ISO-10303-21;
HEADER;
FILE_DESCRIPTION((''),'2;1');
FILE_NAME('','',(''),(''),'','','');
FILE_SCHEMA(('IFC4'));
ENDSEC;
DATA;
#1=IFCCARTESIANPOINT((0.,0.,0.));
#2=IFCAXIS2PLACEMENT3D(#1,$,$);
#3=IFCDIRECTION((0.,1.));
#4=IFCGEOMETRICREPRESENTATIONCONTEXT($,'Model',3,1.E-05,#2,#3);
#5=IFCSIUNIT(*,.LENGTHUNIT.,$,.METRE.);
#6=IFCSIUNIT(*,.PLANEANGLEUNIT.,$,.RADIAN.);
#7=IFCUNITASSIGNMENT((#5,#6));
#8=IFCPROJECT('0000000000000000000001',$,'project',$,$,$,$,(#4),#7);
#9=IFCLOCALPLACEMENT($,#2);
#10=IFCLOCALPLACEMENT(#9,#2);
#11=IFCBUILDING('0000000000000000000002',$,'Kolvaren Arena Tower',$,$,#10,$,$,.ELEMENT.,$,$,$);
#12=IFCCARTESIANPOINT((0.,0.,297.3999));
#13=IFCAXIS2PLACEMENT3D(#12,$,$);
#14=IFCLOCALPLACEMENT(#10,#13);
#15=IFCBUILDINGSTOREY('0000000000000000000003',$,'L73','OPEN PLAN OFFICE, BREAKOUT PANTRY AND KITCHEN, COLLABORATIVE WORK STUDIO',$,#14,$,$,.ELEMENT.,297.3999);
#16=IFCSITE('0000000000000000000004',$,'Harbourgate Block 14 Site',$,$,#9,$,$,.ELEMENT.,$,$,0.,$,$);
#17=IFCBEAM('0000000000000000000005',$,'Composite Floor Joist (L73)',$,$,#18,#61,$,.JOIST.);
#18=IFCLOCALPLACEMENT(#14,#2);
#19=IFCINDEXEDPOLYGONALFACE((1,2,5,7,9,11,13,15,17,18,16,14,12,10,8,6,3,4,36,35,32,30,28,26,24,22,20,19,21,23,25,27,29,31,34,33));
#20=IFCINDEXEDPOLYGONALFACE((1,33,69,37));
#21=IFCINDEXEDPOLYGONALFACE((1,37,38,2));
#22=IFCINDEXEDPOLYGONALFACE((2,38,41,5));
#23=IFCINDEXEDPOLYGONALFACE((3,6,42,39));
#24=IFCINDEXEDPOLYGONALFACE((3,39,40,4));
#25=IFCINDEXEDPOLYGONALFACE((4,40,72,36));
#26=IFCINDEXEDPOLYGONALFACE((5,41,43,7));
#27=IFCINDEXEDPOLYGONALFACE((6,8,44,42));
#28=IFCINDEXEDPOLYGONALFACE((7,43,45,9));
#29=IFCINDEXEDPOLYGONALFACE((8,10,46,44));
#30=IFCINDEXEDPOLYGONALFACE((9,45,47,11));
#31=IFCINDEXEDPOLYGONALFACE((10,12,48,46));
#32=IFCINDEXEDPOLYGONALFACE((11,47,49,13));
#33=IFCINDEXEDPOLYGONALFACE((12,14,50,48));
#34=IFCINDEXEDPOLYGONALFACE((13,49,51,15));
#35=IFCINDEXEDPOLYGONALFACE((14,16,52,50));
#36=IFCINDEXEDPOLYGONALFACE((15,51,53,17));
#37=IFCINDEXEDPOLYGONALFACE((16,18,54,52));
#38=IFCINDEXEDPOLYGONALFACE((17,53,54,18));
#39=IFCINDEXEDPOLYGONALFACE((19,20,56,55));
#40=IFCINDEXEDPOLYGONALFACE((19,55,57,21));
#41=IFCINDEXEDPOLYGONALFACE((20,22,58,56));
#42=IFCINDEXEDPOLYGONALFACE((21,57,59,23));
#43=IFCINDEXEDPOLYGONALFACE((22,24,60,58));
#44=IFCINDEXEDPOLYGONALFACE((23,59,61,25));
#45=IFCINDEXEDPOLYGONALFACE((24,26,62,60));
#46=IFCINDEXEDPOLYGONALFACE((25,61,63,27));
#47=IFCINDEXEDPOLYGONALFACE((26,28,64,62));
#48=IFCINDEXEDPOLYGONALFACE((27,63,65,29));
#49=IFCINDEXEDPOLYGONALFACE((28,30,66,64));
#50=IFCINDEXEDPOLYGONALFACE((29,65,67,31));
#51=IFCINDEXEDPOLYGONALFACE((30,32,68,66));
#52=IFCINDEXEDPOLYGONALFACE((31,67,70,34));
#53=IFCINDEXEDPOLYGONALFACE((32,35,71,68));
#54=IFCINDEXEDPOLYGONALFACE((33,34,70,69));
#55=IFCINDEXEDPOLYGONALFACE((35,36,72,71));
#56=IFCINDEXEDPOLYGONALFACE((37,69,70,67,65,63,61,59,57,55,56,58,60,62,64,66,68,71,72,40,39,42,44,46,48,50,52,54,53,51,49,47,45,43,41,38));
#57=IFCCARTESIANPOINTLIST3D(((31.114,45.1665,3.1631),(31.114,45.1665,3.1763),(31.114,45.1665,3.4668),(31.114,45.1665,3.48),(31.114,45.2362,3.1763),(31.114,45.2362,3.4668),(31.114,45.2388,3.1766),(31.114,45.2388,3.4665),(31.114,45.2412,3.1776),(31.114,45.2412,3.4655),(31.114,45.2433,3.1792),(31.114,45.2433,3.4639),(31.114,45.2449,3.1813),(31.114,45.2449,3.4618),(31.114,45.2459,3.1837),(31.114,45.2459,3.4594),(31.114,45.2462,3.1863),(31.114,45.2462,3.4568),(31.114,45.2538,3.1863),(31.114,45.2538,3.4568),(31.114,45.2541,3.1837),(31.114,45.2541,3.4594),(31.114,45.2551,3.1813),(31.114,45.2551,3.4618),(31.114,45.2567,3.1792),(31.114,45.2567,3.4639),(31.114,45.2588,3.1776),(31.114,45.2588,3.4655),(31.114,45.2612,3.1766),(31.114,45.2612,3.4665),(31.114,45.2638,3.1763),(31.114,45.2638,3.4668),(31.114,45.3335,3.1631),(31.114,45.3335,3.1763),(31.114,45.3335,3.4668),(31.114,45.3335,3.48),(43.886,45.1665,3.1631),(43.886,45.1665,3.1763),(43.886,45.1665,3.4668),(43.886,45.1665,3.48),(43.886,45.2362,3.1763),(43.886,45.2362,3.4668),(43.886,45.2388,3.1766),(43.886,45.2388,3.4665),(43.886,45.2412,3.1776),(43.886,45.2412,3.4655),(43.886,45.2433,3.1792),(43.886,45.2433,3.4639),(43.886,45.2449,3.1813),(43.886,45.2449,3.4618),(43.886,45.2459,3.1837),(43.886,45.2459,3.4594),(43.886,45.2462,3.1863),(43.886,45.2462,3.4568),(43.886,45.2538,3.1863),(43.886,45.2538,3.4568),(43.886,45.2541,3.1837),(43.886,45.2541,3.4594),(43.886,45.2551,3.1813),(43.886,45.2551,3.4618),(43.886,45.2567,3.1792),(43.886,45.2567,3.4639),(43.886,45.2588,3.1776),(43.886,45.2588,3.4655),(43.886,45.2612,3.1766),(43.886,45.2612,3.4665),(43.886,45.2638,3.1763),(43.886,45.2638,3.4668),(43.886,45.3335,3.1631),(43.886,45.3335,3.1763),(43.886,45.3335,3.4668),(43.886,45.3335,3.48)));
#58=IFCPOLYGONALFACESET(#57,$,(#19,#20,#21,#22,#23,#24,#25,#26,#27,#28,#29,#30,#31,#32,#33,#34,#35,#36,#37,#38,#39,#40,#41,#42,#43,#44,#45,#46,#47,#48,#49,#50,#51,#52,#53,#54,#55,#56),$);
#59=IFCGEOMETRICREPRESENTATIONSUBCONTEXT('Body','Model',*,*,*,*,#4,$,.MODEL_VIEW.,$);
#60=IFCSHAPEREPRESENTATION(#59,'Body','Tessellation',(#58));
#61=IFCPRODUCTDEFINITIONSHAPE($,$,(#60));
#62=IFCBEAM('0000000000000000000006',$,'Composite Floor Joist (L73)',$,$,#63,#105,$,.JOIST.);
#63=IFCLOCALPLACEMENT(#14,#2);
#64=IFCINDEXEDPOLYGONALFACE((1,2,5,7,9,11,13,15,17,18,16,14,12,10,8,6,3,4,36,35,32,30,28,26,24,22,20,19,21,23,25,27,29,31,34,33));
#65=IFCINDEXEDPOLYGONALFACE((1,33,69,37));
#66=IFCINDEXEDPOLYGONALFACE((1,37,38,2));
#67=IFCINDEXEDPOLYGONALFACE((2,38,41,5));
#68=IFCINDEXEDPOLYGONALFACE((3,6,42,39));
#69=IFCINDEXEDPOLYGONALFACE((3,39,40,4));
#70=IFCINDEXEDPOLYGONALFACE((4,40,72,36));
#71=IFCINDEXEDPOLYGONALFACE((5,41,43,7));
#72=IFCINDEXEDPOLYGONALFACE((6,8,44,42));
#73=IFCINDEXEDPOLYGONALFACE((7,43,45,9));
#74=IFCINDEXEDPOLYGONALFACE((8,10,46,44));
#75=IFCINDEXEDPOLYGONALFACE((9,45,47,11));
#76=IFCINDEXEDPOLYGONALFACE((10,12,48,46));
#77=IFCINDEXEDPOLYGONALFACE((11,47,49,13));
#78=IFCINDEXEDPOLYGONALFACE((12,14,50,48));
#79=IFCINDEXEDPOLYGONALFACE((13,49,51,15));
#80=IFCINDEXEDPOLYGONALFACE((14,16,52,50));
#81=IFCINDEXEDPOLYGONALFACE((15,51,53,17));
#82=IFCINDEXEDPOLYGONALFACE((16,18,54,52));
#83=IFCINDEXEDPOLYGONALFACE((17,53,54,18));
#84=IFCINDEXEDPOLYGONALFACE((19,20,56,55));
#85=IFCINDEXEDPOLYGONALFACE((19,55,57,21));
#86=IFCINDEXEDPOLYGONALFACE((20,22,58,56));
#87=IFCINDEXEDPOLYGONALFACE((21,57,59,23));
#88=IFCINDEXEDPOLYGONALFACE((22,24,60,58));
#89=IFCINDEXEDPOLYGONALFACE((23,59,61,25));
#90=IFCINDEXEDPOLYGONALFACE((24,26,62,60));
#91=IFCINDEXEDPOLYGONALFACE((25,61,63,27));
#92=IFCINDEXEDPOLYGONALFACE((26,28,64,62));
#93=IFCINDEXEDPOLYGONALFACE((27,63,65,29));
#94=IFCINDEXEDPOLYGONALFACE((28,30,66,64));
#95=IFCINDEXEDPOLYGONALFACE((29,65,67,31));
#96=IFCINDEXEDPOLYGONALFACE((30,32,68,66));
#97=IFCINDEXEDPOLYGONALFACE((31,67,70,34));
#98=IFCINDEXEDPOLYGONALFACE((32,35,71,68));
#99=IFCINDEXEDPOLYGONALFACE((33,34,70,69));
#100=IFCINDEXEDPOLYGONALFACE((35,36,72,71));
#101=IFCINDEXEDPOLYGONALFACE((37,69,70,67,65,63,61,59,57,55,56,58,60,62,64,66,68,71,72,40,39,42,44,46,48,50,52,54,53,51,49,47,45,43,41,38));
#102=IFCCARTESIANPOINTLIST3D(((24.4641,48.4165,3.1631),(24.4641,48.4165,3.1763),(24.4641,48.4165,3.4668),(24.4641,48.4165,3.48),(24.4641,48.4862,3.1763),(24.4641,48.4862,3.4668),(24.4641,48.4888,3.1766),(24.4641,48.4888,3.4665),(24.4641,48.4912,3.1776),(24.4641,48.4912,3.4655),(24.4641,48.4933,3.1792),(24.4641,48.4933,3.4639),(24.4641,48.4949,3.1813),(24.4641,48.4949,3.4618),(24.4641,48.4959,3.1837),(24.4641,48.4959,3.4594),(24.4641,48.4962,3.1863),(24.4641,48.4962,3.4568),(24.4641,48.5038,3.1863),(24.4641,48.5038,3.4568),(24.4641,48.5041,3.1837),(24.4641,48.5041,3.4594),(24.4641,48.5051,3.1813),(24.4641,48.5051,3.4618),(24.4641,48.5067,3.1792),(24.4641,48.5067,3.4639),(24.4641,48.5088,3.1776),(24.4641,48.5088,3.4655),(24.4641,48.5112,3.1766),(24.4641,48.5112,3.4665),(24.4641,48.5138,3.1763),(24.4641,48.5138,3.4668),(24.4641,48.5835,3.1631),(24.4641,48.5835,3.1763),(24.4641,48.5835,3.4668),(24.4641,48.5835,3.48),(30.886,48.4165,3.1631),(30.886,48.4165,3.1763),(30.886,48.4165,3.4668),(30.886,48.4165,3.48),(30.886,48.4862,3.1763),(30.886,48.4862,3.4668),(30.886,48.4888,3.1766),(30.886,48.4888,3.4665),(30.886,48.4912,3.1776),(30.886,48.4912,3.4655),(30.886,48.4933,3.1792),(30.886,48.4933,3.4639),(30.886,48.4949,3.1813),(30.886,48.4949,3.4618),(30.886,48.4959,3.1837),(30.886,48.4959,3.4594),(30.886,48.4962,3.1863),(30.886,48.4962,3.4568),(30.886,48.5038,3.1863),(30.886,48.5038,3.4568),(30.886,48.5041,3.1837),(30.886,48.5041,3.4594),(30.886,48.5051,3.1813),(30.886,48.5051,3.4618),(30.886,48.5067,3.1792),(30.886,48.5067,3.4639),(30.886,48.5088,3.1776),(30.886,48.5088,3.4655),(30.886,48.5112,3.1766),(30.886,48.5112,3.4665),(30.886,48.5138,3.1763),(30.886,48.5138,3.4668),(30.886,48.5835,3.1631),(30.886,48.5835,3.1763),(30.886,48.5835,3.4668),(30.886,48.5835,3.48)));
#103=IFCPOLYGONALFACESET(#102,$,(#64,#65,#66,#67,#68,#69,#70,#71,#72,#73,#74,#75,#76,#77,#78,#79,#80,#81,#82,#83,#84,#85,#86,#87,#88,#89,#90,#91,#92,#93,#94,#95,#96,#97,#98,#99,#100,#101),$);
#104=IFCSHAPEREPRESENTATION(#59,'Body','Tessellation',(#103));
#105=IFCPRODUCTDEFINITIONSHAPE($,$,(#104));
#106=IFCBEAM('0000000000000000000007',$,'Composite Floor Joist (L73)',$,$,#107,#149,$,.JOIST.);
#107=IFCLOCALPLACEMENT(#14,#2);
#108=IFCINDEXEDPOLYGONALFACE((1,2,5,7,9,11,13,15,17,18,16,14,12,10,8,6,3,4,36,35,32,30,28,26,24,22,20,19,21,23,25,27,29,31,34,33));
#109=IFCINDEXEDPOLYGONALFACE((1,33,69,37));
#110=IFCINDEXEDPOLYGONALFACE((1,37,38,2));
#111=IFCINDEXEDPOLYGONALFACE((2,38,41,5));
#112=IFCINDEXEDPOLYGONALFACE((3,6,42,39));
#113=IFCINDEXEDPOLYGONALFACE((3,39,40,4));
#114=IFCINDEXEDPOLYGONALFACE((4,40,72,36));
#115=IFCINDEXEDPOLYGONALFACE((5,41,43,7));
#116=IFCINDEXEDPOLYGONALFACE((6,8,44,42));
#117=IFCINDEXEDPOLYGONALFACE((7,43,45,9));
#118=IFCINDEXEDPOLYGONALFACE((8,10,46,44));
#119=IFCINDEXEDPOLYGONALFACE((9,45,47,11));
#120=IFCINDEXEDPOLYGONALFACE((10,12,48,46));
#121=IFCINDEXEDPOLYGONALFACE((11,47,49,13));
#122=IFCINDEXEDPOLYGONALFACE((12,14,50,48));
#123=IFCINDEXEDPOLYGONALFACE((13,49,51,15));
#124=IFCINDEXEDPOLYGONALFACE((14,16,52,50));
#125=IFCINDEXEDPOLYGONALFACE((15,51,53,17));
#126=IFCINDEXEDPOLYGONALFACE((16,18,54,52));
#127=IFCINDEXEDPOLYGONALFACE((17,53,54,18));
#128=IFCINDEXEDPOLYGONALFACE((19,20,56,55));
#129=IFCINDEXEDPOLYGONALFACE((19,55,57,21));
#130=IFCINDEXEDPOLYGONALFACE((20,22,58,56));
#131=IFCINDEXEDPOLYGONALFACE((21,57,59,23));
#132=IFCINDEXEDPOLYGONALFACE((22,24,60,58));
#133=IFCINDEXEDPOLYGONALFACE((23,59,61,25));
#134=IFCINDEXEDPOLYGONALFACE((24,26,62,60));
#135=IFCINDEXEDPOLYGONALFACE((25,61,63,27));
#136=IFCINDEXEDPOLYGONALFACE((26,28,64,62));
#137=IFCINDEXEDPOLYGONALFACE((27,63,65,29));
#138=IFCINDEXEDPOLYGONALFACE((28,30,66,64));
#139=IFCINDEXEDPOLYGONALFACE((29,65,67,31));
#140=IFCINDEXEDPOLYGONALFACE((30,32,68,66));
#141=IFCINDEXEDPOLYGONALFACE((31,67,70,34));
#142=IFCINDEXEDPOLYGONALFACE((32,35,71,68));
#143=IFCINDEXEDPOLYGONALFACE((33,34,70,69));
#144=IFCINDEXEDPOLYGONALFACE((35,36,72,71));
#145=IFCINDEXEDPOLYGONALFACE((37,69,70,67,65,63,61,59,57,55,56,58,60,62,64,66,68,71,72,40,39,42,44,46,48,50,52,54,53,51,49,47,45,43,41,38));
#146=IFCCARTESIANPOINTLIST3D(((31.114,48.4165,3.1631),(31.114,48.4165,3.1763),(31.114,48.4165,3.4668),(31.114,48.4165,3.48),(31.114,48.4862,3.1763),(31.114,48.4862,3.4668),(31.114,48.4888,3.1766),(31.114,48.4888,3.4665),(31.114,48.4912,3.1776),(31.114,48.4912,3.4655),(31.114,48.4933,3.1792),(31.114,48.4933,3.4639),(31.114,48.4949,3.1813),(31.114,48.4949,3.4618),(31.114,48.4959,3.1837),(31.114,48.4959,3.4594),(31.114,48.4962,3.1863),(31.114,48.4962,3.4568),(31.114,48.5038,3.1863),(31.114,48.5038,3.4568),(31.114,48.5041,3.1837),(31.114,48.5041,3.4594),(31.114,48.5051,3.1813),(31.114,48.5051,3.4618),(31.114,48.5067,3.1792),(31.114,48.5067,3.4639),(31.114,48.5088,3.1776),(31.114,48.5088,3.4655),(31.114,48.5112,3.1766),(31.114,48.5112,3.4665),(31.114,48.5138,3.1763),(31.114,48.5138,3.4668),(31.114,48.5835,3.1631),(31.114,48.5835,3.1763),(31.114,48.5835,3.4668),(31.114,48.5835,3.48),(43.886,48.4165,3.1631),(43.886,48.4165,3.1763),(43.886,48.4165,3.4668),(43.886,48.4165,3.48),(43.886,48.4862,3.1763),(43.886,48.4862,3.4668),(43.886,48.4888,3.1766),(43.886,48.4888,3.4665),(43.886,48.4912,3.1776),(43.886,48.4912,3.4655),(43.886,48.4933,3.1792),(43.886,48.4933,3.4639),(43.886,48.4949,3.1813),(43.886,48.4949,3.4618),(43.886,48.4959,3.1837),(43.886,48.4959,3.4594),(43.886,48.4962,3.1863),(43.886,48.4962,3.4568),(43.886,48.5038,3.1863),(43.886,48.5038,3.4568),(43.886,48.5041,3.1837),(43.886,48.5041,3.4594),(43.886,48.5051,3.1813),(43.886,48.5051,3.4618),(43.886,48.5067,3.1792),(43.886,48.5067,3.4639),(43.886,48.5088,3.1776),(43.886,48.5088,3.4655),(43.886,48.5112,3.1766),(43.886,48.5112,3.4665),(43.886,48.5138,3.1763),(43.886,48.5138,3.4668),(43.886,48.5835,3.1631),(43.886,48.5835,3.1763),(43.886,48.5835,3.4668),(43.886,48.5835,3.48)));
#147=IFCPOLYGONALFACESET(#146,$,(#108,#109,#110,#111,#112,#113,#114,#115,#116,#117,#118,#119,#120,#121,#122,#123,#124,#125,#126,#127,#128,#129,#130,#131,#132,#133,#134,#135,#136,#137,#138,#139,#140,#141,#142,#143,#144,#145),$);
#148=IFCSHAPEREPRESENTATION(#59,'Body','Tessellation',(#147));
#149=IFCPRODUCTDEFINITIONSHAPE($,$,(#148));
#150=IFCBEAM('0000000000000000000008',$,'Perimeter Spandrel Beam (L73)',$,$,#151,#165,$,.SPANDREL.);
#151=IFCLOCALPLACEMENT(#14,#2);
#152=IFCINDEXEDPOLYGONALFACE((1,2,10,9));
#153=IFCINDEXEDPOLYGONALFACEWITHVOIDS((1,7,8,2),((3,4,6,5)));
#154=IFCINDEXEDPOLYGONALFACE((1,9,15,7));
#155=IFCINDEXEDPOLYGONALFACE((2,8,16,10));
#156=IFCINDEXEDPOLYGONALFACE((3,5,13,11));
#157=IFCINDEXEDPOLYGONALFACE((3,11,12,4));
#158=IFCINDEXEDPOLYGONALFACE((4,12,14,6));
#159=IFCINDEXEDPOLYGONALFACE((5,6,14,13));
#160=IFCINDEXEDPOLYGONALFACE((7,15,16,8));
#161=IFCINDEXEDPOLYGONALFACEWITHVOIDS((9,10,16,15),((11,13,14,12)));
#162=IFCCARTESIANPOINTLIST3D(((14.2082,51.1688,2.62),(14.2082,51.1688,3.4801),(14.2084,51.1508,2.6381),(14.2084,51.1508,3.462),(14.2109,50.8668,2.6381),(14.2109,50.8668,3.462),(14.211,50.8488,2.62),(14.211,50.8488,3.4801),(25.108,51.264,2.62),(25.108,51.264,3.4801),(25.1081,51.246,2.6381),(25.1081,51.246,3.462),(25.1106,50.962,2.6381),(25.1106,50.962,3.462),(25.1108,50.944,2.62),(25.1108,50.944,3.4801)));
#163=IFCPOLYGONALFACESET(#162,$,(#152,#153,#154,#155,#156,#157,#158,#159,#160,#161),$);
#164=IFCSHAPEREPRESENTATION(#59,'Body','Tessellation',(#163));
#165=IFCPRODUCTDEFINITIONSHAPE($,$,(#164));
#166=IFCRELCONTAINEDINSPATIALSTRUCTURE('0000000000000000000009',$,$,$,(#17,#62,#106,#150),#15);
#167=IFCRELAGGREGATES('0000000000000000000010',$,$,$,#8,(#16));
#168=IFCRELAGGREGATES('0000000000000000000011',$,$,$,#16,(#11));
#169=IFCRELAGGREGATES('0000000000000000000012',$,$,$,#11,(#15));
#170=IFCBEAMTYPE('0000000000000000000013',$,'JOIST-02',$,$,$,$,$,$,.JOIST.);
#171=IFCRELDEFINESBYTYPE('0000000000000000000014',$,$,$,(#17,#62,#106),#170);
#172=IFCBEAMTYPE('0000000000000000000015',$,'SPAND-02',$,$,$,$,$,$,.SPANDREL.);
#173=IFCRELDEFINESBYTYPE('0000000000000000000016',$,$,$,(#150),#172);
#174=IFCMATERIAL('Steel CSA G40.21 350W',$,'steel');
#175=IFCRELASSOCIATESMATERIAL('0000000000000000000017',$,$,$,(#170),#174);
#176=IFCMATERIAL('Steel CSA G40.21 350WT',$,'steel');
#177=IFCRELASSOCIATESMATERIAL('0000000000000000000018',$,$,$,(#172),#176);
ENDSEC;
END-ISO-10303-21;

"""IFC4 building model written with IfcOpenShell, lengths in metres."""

from ifc_helpers import new_model, si_unit, direction, frame, origin, origin_2d, place, context, subcontext, project, spatial, hollow_rectangle, i_section, extrude, material, material_profile, profile_set, type_object, element, save


model = new_model("IFC4")

# Units and contexts
model_context = context("Model", 3, precision=1e-05, world=origin(), true_north=direction((0.0, 1.0)))
body_context = subcontext(model_context, "Body", "Model", "MODEL_VIEW")
ifc_project = project(units=[si_unit("LENGTHUNIT", "METRE"), si_unit("PLANEANGLEUNIT", "RADIAN")], contexts=[model_context])

# Site, building, storey
site_placement = place(None, origin())
site = spatial("IfcSite", under=ifc_project, at=site_placement, Name="Harbourgate Block 14 Site", CompositionType="ELEMENT", RefElevation=0.0)
building_placement = place(site_placement, origin())
building = spatial("IfcBuilding", under=site, at=building_placement, Name="Kolvaren Arena Tower", CompositionType="ELEMENT")
storey_placement = place(building_placement, frame((0.0, 0.0, 297.3999)))
storey = spatial("IfcBuildingStorey", under=building, at=storey_placement, Name="L73", Description="OPEN PLAN OFFICE, BREAKOUT PANTRY AND KITCHEN, COLLABORATIVE WORK STUDIO", CompositionType="ELEMENT", Elevation=297.3999)

# Beams
ifc_material_1 = material(Name="Steel CSA G40.21 350W", Category="steel")
ifc_material_profile_1 = material_profile(ifc_material_1, i_section(OverallWidth=0.167, OverallDepth=0.3169, WebThickness=0.0076, FlangeThickness=0.0132, FilletRadius=0.01, at=origin_2d()), Name="W310x52")
ifc_profile_set_1 = profile_set([ifc_material_profile_1], Name="Steel CSA G40.21 350W")
beam_type_1 = type_object("IfcBeamType", Name="JOIST-02", PredefinedType="JOIST", material=ifc_profile_set_1)
beam_1_placement = place(storey_placement, frame((31.114, 45.25, 3.3215), z_axis=(1.0, 0.0, 0.0), x_axis=(0.0, 1.0, 0.0)))
element("IfcBeam", 1, at=beam_1_placement, inside=storey, type_object=beam_type_1, Name="Composite Floor Joist (L73)", PredefinedType="JOIST", context=body_context, shape_type="SweptSolid", body=[
    extrude(i_section(OverallWidth=0.167, OverallDepth=0.3169, WebThickness=0.0076, FlangeThickness=0.0132, FilletRadius=0.01, at=origin_2d()), origin(), (0.0, 0.0, 1.0), 12.772),
])
beam_2_placement = place(storey_placement, frame((24.4641, 48.5, 3.3215), z_axis=(1.0, 0.0, 0.0), x_axis=(0.0, 1.0, 0.0)))
element("IfcBeam", 2, at=beam_2_placement, inside=storey, type_object=beam_type_1, Name="Composite Floor Joist (L73)", PredefinedType="JOIST", context=body_context, shape_type="SweptSolid", body=[
    extrude(i_section(OverallWidth=0.167, OverallDepth=0.3169, WebThickness=0.0076, FlangeThickness=0.0132, FilletRadius=0.01, at=origin_2d()), origin(), (0.0, 0.0, 1.0), 6.4219),
])
beam_3_placement = place(storey_placement, frame((31.114, 48.5, 3.3215), z_axis=(1.0, 0.0, 0.0), x_axis=(0.0, 1.0, 0.0)))
element("IfcBeam", 3, at=beam_3_placement, inside=storey, type_object=beam_type_1, Name="Composite Floor Joist (L73)", PredefinedType="JOIST", context=body_context, shape_type="SweptSolid", body=[
    extrude(i_section(OverallWidth=0.167, OverallDepth=0.3169, WebThickness=0.0076, FlangeThickness=0.0132, FilletRadius=0.01, at=origin_2d()), origin(), (0.0, 0.0, 1.0), 12.772),
])
ifc_material_2 = material(Name="Steel CSA G40.21 350WT", Category="steel")
ifc_material_profile_2 = material_profile(ifc_material_2, hollow_rectangle(XDim=0.3201, YDim=0.8601, WallThickness=0.0181, at=origin_2d()), Name="HSS 860x320x18")
ifc_profile_set_2 = profile_set([ifc_material_profile_2], Name="Steel CSA G40.21 350WT")
beam_type_2 = type_object("IfcBeamType", Name="SPAND-02", PredefinedType="SPANDREL", material=ifc_profile_set_2)
beam_4_placement = place(storey_placement, frame((25.1094, 51.104, 3.05), z_axis=(-0.999962, -0.008735, 0.0), x_axis=(0.008735, -0.999962, 0.0)))
element("IfcBeam", 4, at=beam_4_placement, inside=storey, type_object=beam_type_2, Name="Perimeter Spandrel Beam (L73)", PredefinedType="SPANDREL", context=body_context, shape_type="SweptSolid", body=[
    extrude(hollow_rectangle(XDim=0.3201, YDim=0.8601, WallThickness=0.0181, at=origin_2d()), origin(), (0.0, 0.0, 1.0), 10.9001),
])

save(model, "model.ifc")
